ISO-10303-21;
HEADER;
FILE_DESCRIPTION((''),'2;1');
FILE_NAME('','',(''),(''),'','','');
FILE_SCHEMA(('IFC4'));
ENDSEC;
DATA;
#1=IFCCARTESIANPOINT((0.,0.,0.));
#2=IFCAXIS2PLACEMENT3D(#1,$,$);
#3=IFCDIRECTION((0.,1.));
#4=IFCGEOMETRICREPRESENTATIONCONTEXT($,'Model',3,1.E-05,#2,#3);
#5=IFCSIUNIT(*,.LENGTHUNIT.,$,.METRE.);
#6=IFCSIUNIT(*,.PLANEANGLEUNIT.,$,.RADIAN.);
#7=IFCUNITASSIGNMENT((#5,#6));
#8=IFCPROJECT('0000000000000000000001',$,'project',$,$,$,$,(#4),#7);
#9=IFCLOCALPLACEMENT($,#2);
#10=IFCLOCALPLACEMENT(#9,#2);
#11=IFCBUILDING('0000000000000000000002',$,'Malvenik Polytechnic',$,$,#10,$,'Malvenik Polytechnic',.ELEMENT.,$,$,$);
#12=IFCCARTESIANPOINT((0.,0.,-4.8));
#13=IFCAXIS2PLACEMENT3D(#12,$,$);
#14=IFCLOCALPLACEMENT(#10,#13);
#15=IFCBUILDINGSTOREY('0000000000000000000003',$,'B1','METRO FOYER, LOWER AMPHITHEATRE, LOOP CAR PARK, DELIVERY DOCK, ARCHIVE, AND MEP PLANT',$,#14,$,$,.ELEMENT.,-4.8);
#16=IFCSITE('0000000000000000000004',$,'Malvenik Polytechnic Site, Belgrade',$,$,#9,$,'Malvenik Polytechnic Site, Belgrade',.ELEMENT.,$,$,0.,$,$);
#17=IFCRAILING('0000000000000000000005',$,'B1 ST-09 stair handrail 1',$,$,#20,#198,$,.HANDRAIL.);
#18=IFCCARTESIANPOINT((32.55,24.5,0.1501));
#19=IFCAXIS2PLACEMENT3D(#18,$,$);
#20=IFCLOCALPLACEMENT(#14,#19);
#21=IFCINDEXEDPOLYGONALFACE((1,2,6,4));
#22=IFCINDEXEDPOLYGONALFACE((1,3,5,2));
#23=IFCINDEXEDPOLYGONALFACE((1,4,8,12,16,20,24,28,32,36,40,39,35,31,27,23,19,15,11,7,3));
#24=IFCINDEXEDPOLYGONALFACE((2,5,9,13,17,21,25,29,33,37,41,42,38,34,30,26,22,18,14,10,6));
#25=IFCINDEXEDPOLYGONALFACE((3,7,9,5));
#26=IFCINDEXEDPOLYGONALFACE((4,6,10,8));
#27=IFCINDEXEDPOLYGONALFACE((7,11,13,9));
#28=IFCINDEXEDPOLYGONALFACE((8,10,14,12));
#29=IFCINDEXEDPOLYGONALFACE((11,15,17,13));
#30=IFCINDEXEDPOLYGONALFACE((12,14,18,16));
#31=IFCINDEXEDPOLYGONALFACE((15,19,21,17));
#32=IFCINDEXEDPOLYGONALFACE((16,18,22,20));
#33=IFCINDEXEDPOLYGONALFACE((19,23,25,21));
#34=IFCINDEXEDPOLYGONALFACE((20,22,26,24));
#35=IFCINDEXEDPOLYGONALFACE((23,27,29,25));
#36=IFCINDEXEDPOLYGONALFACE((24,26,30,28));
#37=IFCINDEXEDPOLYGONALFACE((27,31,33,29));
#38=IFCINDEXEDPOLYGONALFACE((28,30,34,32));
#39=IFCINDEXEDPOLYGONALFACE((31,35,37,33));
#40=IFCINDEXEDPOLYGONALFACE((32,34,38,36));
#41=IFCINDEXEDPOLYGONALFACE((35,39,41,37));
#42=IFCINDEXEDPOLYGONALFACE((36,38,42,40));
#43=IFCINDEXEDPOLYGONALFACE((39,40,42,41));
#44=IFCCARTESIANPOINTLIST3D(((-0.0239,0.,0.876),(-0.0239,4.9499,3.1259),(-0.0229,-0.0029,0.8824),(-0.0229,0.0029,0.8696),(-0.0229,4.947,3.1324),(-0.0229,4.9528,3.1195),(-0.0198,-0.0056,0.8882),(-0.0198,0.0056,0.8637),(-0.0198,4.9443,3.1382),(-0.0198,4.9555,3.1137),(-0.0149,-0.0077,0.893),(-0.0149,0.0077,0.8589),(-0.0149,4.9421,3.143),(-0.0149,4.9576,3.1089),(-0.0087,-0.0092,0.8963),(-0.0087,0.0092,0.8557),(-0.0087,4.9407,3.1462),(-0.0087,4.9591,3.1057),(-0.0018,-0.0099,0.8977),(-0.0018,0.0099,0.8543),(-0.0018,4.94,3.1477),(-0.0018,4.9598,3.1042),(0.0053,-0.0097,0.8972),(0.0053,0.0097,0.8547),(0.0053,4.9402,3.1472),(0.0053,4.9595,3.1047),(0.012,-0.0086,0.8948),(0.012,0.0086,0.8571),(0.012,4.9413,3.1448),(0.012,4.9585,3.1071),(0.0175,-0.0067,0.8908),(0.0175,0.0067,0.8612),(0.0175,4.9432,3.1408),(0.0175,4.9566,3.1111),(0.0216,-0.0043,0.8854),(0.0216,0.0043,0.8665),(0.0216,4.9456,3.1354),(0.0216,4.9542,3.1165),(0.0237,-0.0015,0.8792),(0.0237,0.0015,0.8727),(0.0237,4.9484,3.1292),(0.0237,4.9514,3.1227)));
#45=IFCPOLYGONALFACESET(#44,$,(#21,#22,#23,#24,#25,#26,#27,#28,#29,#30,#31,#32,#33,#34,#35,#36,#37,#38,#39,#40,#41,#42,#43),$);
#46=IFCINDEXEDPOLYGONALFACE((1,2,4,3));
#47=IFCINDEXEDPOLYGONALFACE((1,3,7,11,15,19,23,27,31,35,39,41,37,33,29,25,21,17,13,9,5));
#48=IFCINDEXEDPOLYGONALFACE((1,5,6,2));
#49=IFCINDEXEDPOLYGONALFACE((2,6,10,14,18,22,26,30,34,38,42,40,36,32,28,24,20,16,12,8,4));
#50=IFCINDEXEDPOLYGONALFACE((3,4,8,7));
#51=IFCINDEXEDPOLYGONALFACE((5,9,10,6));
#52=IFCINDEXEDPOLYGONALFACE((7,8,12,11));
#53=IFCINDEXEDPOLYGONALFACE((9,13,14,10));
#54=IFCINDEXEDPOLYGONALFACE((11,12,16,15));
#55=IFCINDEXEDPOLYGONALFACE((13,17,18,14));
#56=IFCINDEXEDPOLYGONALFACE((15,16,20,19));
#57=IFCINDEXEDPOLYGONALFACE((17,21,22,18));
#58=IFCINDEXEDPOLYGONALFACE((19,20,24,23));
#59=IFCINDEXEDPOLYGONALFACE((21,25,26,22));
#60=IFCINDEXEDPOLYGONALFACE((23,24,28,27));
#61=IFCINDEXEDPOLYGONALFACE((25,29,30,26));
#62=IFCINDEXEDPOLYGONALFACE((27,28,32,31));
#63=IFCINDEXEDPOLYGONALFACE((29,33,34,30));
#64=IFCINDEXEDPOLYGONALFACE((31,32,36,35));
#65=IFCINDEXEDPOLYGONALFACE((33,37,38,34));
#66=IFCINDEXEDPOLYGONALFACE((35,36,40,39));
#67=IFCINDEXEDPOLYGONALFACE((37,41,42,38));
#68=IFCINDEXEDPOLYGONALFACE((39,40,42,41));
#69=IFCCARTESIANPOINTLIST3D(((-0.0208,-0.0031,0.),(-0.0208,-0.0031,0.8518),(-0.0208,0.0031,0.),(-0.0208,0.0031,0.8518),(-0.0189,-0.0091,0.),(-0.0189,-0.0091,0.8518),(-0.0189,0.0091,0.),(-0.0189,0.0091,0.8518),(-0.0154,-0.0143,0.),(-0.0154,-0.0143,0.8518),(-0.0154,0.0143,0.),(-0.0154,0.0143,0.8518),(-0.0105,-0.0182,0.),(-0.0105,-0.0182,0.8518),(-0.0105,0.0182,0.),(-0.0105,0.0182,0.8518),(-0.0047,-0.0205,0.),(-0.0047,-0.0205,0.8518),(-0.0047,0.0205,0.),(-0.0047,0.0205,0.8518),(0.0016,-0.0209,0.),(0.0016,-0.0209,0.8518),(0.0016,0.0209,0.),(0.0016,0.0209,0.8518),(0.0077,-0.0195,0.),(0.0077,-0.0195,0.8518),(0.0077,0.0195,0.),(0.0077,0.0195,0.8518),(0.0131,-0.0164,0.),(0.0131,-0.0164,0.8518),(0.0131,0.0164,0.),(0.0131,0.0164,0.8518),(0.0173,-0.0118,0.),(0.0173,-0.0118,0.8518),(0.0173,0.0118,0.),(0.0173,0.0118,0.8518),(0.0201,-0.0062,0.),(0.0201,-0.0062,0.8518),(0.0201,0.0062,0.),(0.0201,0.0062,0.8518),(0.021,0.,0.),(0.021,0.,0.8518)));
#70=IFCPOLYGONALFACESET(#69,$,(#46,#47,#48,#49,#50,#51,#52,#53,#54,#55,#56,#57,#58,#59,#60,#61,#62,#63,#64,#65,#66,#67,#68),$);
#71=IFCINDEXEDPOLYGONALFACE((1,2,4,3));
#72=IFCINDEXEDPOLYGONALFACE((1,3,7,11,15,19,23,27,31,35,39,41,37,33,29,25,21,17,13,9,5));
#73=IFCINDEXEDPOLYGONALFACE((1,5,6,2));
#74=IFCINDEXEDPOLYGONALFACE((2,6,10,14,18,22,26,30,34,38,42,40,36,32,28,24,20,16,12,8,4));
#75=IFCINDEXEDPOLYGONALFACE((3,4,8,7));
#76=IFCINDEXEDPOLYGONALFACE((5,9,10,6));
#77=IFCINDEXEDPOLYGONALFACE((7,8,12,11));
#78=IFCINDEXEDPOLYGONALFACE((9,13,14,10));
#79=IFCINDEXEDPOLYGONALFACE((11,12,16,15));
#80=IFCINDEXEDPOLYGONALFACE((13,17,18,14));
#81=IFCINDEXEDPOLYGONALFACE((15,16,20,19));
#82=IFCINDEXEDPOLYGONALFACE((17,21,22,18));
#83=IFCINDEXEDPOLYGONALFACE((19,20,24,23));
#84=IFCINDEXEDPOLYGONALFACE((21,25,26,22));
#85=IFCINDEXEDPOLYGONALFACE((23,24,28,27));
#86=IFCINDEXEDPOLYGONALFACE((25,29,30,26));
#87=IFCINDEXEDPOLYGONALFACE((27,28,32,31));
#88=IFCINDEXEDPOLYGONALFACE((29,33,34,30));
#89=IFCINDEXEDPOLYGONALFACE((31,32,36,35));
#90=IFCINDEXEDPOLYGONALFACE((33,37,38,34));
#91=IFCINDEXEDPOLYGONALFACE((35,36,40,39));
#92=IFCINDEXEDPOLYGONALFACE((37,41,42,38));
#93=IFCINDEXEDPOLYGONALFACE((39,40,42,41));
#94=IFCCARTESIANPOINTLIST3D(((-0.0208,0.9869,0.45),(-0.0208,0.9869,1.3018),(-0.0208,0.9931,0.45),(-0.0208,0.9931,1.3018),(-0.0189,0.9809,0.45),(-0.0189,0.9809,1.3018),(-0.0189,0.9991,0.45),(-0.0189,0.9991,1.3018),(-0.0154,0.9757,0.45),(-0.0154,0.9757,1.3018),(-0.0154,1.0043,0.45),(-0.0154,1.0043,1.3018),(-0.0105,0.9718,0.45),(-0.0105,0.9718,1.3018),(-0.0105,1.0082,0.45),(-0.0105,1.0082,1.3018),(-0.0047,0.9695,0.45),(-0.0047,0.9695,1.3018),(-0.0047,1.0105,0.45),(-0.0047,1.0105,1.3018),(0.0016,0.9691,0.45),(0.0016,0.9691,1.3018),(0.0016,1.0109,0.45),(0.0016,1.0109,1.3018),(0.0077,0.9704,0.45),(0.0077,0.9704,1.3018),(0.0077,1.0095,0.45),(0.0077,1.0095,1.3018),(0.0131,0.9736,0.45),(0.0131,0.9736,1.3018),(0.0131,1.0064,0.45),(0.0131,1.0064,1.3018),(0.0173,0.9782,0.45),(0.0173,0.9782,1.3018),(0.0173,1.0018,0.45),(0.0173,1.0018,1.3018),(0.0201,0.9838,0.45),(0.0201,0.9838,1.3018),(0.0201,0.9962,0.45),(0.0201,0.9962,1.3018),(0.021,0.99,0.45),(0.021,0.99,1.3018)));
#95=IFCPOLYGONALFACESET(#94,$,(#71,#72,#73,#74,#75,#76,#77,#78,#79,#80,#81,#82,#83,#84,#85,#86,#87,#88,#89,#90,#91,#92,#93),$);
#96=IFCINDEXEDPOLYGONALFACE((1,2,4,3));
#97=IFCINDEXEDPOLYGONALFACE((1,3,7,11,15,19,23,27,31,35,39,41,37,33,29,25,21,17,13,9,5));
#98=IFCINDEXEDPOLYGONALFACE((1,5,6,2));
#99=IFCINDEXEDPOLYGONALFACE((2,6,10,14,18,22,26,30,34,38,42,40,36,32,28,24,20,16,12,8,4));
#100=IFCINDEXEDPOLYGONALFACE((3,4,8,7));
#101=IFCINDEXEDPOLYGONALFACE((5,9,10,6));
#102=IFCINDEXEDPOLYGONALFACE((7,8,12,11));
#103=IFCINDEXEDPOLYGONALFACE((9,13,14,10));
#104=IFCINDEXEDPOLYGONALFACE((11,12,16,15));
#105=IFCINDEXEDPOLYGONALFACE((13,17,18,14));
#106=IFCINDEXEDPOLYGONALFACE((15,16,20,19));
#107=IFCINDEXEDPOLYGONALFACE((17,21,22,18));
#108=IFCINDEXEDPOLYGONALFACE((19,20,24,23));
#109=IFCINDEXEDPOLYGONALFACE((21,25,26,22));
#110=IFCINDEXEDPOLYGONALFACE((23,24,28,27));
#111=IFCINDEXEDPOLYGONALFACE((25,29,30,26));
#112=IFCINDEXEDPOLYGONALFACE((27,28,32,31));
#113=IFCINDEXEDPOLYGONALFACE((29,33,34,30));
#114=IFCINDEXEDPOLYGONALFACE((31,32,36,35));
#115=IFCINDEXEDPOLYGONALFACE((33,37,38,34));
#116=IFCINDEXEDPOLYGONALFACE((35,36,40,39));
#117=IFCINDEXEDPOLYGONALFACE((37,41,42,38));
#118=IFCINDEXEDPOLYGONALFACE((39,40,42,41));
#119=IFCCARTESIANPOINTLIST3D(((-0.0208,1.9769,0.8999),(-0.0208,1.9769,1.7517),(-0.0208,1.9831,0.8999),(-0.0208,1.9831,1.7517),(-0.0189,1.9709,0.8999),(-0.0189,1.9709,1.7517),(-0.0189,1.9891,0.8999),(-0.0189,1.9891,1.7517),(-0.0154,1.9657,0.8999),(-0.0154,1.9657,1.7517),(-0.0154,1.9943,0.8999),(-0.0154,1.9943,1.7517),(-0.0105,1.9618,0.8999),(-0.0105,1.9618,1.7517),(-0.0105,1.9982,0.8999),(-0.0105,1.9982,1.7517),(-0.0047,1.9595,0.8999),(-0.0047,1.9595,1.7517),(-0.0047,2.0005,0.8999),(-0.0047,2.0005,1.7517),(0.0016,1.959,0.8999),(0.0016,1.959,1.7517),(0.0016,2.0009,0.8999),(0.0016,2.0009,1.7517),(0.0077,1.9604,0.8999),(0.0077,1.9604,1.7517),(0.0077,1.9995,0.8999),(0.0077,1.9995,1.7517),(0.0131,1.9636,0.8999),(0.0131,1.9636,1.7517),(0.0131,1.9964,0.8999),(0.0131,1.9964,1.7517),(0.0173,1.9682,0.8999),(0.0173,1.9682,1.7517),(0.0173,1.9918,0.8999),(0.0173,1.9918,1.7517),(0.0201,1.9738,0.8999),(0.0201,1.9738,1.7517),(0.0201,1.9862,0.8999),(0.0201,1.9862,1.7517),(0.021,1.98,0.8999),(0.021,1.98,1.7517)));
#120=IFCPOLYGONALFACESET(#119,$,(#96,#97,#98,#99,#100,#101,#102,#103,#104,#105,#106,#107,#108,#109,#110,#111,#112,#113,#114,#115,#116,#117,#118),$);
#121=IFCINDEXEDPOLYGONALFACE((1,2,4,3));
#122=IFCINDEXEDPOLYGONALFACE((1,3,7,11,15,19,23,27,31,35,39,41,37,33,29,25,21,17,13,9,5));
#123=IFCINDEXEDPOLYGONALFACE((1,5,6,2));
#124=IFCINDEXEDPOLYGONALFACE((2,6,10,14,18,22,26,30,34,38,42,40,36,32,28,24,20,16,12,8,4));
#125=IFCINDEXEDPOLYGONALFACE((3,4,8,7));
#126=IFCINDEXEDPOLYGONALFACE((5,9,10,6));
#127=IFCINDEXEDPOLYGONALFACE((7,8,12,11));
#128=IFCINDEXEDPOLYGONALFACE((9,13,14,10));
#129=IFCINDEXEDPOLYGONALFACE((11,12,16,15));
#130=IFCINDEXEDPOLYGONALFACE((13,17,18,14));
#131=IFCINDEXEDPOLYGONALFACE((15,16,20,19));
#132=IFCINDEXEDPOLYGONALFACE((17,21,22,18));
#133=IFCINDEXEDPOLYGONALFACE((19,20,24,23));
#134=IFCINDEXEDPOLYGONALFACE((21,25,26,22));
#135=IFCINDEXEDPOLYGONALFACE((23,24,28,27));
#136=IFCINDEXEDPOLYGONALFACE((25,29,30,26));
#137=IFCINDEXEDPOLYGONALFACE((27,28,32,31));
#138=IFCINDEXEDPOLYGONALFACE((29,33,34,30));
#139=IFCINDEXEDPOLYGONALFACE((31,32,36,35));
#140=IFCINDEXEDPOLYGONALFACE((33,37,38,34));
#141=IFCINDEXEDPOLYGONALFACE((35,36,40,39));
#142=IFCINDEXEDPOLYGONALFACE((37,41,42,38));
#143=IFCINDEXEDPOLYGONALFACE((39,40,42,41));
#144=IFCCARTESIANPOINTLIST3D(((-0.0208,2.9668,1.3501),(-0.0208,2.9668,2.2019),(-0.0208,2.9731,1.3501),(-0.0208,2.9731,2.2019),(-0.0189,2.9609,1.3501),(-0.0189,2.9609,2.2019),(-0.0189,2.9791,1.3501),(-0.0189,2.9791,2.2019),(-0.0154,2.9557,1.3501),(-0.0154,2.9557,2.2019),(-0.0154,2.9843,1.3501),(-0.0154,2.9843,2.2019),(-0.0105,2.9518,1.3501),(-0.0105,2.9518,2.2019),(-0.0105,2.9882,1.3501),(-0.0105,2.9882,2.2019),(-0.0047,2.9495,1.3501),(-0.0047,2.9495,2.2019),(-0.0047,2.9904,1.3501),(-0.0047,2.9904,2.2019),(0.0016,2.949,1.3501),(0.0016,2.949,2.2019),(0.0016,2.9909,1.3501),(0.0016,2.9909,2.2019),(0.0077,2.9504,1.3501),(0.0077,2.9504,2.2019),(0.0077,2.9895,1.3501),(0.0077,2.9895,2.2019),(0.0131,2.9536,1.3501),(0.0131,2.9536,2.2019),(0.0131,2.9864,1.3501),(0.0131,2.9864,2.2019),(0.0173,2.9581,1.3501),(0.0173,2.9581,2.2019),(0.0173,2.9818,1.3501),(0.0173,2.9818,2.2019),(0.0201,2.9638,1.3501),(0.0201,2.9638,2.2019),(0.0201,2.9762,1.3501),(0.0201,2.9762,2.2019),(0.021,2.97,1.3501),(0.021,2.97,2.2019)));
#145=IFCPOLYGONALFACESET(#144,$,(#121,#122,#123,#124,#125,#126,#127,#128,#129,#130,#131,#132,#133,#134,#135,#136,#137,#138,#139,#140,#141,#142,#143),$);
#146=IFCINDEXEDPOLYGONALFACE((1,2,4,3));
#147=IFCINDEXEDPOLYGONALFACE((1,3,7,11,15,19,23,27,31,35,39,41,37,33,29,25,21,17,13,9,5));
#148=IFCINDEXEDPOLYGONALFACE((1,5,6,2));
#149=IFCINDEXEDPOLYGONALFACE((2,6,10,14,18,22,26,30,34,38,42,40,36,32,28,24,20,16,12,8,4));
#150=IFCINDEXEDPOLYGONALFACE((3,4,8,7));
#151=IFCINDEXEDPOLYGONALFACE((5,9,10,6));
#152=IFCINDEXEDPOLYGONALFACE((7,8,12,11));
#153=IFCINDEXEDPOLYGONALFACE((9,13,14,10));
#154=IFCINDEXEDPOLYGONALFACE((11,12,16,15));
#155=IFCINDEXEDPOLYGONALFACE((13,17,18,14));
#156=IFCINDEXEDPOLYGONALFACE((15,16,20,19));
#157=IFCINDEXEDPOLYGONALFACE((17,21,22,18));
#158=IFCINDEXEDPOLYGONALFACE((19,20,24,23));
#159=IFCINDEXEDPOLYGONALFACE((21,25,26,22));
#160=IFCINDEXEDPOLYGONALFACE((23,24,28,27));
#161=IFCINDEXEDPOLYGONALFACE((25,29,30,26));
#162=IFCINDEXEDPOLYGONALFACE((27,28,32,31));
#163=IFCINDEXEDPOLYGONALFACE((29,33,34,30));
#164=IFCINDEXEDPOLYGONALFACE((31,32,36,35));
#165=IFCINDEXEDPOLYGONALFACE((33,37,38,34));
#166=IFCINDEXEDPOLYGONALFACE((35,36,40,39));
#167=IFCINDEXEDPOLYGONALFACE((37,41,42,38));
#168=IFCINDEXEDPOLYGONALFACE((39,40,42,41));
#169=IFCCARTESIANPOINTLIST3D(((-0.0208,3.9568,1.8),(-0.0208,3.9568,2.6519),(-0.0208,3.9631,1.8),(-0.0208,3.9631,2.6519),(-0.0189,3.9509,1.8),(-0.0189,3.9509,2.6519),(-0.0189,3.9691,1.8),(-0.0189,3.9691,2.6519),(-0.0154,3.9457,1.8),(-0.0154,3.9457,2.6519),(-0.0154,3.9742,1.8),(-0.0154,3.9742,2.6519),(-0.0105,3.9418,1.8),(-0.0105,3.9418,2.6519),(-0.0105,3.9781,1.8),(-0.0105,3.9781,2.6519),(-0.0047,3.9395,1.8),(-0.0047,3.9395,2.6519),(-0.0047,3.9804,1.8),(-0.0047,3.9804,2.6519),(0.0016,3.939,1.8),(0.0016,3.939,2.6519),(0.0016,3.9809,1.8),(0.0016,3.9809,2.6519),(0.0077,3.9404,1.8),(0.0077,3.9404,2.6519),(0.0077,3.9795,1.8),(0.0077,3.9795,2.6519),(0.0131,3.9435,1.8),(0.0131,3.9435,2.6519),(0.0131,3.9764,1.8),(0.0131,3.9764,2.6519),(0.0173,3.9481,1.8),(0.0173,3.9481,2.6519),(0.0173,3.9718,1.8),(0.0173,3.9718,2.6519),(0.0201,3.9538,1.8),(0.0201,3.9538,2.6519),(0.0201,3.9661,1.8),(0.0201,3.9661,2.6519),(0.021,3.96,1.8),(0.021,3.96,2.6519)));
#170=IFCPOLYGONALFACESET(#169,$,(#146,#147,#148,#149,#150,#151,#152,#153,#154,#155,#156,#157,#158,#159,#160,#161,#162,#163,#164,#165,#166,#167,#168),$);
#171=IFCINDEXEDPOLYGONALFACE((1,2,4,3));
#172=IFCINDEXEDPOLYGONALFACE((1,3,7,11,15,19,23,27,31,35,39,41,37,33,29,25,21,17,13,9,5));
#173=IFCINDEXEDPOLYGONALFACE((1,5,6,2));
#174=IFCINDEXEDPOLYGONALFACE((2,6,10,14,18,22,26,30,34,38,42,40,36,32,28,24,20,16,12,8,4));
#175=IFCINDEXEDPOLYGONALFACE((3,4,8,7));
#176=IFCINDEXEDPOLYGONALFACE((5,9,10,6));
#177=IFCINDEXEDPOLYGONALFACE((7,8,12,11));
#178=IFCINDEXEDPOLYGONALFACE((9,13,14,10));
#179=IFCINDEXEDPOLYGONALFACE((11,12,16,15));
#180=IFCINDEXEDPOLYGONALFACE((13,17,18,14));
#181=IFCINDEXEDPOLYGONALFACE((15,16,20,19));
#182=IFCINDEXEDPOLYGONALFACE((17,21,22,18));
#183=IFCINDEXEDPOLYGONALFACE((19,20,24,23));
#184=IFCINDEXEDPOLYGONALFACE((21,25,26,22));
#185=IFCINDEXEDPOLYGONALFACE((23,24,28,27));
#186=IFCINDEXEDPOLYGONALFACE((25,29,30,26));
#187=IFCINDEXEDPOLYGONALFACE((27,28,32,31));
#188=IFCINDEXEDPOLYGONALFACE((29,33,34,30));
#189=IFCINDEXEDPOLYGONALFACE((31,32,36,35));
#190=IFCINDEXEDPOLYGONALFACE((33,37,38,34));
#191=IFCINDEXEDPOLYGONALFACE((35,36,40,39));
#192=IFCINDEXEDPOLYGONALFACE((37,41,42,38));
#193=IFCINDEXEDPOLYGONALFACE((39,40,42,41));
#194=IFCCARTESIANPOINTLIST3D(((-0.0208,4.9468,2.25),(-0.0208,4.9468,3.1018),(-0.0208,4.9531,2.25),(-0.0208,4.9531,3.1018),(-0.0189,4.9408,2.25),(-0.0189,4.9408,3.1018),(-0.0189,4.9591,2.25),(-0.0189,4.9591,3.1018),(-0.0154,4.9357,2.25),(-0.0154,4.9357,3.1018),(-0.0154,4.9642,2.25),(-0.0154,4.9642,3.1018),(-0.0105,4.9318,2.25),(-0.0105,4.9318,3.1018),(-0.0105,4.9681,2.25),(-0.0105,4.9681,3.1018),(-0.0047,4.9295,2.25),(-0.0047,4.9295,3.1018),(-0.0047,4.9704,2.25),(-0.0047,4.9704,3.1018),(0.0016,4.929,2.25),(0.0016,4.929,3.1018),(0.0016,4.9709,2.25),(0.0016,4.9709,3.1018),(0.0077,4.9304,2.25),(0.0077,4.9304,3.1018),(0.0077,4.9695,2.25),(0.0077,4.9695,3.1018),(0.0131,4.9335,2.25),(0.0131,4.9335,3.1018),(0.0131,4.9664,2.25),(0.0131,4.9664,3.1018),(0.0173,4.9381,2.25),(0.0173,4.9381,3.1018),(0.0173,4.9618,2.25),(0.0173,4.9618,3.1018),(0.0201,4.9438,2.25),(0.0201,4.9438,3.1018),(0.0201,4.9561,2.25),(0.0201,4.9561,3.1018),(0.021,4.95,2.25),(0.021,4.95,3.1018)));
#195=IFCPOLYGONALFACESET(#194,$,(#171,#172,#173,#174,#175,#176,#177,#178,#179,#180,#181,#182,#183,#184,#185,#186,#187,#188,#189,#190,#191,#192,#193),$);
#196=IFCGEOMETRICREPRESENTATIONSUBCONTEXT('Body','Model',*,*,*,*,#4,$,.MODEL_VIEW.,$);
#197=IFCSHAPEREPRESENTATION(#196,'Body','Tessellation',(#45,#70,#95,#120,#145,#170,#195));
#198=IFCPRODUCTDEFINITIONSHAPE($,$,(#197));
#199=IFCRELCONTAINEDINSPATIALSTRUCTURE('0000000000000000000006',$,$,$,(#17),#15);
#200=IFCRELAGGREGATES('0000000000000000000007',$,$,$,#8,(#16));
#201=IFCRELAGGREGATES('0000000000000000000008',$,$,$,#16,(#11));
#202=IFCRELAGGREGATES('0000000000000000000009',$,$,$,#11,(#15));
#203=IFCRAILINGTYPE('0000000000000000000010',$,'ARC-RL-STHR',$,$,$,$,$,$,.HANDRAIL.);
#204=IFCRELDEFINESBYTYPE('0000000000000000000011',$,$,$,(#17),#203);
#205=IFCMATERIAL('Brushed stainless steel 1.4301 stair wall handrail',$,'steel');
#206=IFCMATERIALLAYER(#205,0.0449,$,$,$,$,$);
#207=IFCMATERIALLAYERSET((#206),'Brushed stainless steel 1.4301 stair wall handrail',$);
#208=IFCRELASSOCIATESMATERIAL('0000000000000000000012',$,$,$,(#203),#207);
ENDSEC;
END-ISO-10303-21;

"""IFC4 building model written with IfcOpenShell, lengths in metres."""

from ifc_helpers import new_model, si_unit, direction, frame, origin, origin_2d, place, context, subcontext, project, spatial, circle, extrude, material, layer, layer_set, type_object, element, save


model = new_model("IFC4")

# Units and contexts
model_context = context("Model", 3, precision=1e-05, world=origin(), true_north=direction((0.0, 1.0)))
body_context = subcontext(model_context, "Body", "Model", "MODEL_VIEW")
ifc_project = project(units=[si_unit("LENGTHUNIT", "METRE"), si_unit("PLANEANGLEUNIT", "RADIAN")], contexts=[model_context])

# Site, building, storey
site_placement = place(None, origin())
site = spatial("IfcSite", under=ifc_project, at=site_placement, Name="Malvenik Polytechnic Site, Belgrade", LongName="Malvenik Polytechnic Site, Belgrade", CompositionType="ELEMENT", RefElevation=0.0)
building_placement = place(site_placement, origin())
building = spatial("IfcBuilding", under=site, at=building_placement, Name="Malvenik Polytechnic", LongName="Malvenik Polytechnic", CompositionType="ELEMENT")
storey_placement = place(building_placement, frame((0.0, 0.0, -4.8)))
storey = spatial("IfcBuildingStorey", under=building, at=storey_placement, Name="B1", Description="METRO FOYER, LOWER AMPHITHEATRE, LOOP CAR PARK, DELIVERY DOCK, ARCHIVE, AND MEP PLANT", CompositionType="ELEMENT", Elevation=-4.8)

# Railing
ifc_material_1 = material(Name="Brushed stainless steel 1.4301 stair wall handrail", Category="steel")
ifc_layer_1 = layer(ifc_material_1, 0.0449)
ifc_layer_set_1 = layer_set([ifc_layer_1], Name="Brushed stainless steel 1.4301 stair wall handrail")
railing_type_1 = type_object("IfcRailingType", Name="ARC-RL-STHR", PredefinedType="HANDRAIL", material=ifc_layer_set_1)
railing_1_placement = place(storey_placement, frame((32.55, 24.5, 0.1501)))
element("IfcRailing", 1, at=railing_1_placement, inside=storey, type_object=railing_type_1, Name="B1 ST-09 stair handrail 1", PredefinedType="HANDRAIL", context=body_context, shape_type="SweptSolid", body=[
    extrude(circle(Radius=0.0239, at=origin_2d()), frame((0.0, 0.0, 0.876), z_axis=(0.0, 0.910365, 0.413806), x_axis=(-1.0, 0.0, 0.0)), (0.0, 0.0, 1.0), 5.4373),
    extrude(circle(Radius=0.021, at=origin_2d()), origin(), (0.0, 0.0, 1.0), 0.8518),
    extrude(circle(Radius=0.021, at=origin_2d()), frame((0.0, 0.99, 0.45)), (0.0, 0.0, 1.0), 0.8518),
    extrude(circle(Radius=0.021, at=origin_2d()), frame((0.0, 1.98, 0.8999)), (0.0, 0.0, 1.0), 0.8518),
    extrude(circle(Radius=0.021, at=origin_2d()), frame((0.0, 2.97, 1.3501)), (0.0, 0.0, 1.0), 0.8518),
    extrude(circle(Radius=0.021, at=origin_2d()), frame((0.0, 3.96, 1.8)), (0.0, 0.0, 1.0), 0.8518),
    extrude(circle(Radius=0.021, at=origin_2d()), frame((0.0, 4.95, 2.25)), (0.0, 0.0, 1.0), 0.8518),
])

save(model, "model.ifc")
